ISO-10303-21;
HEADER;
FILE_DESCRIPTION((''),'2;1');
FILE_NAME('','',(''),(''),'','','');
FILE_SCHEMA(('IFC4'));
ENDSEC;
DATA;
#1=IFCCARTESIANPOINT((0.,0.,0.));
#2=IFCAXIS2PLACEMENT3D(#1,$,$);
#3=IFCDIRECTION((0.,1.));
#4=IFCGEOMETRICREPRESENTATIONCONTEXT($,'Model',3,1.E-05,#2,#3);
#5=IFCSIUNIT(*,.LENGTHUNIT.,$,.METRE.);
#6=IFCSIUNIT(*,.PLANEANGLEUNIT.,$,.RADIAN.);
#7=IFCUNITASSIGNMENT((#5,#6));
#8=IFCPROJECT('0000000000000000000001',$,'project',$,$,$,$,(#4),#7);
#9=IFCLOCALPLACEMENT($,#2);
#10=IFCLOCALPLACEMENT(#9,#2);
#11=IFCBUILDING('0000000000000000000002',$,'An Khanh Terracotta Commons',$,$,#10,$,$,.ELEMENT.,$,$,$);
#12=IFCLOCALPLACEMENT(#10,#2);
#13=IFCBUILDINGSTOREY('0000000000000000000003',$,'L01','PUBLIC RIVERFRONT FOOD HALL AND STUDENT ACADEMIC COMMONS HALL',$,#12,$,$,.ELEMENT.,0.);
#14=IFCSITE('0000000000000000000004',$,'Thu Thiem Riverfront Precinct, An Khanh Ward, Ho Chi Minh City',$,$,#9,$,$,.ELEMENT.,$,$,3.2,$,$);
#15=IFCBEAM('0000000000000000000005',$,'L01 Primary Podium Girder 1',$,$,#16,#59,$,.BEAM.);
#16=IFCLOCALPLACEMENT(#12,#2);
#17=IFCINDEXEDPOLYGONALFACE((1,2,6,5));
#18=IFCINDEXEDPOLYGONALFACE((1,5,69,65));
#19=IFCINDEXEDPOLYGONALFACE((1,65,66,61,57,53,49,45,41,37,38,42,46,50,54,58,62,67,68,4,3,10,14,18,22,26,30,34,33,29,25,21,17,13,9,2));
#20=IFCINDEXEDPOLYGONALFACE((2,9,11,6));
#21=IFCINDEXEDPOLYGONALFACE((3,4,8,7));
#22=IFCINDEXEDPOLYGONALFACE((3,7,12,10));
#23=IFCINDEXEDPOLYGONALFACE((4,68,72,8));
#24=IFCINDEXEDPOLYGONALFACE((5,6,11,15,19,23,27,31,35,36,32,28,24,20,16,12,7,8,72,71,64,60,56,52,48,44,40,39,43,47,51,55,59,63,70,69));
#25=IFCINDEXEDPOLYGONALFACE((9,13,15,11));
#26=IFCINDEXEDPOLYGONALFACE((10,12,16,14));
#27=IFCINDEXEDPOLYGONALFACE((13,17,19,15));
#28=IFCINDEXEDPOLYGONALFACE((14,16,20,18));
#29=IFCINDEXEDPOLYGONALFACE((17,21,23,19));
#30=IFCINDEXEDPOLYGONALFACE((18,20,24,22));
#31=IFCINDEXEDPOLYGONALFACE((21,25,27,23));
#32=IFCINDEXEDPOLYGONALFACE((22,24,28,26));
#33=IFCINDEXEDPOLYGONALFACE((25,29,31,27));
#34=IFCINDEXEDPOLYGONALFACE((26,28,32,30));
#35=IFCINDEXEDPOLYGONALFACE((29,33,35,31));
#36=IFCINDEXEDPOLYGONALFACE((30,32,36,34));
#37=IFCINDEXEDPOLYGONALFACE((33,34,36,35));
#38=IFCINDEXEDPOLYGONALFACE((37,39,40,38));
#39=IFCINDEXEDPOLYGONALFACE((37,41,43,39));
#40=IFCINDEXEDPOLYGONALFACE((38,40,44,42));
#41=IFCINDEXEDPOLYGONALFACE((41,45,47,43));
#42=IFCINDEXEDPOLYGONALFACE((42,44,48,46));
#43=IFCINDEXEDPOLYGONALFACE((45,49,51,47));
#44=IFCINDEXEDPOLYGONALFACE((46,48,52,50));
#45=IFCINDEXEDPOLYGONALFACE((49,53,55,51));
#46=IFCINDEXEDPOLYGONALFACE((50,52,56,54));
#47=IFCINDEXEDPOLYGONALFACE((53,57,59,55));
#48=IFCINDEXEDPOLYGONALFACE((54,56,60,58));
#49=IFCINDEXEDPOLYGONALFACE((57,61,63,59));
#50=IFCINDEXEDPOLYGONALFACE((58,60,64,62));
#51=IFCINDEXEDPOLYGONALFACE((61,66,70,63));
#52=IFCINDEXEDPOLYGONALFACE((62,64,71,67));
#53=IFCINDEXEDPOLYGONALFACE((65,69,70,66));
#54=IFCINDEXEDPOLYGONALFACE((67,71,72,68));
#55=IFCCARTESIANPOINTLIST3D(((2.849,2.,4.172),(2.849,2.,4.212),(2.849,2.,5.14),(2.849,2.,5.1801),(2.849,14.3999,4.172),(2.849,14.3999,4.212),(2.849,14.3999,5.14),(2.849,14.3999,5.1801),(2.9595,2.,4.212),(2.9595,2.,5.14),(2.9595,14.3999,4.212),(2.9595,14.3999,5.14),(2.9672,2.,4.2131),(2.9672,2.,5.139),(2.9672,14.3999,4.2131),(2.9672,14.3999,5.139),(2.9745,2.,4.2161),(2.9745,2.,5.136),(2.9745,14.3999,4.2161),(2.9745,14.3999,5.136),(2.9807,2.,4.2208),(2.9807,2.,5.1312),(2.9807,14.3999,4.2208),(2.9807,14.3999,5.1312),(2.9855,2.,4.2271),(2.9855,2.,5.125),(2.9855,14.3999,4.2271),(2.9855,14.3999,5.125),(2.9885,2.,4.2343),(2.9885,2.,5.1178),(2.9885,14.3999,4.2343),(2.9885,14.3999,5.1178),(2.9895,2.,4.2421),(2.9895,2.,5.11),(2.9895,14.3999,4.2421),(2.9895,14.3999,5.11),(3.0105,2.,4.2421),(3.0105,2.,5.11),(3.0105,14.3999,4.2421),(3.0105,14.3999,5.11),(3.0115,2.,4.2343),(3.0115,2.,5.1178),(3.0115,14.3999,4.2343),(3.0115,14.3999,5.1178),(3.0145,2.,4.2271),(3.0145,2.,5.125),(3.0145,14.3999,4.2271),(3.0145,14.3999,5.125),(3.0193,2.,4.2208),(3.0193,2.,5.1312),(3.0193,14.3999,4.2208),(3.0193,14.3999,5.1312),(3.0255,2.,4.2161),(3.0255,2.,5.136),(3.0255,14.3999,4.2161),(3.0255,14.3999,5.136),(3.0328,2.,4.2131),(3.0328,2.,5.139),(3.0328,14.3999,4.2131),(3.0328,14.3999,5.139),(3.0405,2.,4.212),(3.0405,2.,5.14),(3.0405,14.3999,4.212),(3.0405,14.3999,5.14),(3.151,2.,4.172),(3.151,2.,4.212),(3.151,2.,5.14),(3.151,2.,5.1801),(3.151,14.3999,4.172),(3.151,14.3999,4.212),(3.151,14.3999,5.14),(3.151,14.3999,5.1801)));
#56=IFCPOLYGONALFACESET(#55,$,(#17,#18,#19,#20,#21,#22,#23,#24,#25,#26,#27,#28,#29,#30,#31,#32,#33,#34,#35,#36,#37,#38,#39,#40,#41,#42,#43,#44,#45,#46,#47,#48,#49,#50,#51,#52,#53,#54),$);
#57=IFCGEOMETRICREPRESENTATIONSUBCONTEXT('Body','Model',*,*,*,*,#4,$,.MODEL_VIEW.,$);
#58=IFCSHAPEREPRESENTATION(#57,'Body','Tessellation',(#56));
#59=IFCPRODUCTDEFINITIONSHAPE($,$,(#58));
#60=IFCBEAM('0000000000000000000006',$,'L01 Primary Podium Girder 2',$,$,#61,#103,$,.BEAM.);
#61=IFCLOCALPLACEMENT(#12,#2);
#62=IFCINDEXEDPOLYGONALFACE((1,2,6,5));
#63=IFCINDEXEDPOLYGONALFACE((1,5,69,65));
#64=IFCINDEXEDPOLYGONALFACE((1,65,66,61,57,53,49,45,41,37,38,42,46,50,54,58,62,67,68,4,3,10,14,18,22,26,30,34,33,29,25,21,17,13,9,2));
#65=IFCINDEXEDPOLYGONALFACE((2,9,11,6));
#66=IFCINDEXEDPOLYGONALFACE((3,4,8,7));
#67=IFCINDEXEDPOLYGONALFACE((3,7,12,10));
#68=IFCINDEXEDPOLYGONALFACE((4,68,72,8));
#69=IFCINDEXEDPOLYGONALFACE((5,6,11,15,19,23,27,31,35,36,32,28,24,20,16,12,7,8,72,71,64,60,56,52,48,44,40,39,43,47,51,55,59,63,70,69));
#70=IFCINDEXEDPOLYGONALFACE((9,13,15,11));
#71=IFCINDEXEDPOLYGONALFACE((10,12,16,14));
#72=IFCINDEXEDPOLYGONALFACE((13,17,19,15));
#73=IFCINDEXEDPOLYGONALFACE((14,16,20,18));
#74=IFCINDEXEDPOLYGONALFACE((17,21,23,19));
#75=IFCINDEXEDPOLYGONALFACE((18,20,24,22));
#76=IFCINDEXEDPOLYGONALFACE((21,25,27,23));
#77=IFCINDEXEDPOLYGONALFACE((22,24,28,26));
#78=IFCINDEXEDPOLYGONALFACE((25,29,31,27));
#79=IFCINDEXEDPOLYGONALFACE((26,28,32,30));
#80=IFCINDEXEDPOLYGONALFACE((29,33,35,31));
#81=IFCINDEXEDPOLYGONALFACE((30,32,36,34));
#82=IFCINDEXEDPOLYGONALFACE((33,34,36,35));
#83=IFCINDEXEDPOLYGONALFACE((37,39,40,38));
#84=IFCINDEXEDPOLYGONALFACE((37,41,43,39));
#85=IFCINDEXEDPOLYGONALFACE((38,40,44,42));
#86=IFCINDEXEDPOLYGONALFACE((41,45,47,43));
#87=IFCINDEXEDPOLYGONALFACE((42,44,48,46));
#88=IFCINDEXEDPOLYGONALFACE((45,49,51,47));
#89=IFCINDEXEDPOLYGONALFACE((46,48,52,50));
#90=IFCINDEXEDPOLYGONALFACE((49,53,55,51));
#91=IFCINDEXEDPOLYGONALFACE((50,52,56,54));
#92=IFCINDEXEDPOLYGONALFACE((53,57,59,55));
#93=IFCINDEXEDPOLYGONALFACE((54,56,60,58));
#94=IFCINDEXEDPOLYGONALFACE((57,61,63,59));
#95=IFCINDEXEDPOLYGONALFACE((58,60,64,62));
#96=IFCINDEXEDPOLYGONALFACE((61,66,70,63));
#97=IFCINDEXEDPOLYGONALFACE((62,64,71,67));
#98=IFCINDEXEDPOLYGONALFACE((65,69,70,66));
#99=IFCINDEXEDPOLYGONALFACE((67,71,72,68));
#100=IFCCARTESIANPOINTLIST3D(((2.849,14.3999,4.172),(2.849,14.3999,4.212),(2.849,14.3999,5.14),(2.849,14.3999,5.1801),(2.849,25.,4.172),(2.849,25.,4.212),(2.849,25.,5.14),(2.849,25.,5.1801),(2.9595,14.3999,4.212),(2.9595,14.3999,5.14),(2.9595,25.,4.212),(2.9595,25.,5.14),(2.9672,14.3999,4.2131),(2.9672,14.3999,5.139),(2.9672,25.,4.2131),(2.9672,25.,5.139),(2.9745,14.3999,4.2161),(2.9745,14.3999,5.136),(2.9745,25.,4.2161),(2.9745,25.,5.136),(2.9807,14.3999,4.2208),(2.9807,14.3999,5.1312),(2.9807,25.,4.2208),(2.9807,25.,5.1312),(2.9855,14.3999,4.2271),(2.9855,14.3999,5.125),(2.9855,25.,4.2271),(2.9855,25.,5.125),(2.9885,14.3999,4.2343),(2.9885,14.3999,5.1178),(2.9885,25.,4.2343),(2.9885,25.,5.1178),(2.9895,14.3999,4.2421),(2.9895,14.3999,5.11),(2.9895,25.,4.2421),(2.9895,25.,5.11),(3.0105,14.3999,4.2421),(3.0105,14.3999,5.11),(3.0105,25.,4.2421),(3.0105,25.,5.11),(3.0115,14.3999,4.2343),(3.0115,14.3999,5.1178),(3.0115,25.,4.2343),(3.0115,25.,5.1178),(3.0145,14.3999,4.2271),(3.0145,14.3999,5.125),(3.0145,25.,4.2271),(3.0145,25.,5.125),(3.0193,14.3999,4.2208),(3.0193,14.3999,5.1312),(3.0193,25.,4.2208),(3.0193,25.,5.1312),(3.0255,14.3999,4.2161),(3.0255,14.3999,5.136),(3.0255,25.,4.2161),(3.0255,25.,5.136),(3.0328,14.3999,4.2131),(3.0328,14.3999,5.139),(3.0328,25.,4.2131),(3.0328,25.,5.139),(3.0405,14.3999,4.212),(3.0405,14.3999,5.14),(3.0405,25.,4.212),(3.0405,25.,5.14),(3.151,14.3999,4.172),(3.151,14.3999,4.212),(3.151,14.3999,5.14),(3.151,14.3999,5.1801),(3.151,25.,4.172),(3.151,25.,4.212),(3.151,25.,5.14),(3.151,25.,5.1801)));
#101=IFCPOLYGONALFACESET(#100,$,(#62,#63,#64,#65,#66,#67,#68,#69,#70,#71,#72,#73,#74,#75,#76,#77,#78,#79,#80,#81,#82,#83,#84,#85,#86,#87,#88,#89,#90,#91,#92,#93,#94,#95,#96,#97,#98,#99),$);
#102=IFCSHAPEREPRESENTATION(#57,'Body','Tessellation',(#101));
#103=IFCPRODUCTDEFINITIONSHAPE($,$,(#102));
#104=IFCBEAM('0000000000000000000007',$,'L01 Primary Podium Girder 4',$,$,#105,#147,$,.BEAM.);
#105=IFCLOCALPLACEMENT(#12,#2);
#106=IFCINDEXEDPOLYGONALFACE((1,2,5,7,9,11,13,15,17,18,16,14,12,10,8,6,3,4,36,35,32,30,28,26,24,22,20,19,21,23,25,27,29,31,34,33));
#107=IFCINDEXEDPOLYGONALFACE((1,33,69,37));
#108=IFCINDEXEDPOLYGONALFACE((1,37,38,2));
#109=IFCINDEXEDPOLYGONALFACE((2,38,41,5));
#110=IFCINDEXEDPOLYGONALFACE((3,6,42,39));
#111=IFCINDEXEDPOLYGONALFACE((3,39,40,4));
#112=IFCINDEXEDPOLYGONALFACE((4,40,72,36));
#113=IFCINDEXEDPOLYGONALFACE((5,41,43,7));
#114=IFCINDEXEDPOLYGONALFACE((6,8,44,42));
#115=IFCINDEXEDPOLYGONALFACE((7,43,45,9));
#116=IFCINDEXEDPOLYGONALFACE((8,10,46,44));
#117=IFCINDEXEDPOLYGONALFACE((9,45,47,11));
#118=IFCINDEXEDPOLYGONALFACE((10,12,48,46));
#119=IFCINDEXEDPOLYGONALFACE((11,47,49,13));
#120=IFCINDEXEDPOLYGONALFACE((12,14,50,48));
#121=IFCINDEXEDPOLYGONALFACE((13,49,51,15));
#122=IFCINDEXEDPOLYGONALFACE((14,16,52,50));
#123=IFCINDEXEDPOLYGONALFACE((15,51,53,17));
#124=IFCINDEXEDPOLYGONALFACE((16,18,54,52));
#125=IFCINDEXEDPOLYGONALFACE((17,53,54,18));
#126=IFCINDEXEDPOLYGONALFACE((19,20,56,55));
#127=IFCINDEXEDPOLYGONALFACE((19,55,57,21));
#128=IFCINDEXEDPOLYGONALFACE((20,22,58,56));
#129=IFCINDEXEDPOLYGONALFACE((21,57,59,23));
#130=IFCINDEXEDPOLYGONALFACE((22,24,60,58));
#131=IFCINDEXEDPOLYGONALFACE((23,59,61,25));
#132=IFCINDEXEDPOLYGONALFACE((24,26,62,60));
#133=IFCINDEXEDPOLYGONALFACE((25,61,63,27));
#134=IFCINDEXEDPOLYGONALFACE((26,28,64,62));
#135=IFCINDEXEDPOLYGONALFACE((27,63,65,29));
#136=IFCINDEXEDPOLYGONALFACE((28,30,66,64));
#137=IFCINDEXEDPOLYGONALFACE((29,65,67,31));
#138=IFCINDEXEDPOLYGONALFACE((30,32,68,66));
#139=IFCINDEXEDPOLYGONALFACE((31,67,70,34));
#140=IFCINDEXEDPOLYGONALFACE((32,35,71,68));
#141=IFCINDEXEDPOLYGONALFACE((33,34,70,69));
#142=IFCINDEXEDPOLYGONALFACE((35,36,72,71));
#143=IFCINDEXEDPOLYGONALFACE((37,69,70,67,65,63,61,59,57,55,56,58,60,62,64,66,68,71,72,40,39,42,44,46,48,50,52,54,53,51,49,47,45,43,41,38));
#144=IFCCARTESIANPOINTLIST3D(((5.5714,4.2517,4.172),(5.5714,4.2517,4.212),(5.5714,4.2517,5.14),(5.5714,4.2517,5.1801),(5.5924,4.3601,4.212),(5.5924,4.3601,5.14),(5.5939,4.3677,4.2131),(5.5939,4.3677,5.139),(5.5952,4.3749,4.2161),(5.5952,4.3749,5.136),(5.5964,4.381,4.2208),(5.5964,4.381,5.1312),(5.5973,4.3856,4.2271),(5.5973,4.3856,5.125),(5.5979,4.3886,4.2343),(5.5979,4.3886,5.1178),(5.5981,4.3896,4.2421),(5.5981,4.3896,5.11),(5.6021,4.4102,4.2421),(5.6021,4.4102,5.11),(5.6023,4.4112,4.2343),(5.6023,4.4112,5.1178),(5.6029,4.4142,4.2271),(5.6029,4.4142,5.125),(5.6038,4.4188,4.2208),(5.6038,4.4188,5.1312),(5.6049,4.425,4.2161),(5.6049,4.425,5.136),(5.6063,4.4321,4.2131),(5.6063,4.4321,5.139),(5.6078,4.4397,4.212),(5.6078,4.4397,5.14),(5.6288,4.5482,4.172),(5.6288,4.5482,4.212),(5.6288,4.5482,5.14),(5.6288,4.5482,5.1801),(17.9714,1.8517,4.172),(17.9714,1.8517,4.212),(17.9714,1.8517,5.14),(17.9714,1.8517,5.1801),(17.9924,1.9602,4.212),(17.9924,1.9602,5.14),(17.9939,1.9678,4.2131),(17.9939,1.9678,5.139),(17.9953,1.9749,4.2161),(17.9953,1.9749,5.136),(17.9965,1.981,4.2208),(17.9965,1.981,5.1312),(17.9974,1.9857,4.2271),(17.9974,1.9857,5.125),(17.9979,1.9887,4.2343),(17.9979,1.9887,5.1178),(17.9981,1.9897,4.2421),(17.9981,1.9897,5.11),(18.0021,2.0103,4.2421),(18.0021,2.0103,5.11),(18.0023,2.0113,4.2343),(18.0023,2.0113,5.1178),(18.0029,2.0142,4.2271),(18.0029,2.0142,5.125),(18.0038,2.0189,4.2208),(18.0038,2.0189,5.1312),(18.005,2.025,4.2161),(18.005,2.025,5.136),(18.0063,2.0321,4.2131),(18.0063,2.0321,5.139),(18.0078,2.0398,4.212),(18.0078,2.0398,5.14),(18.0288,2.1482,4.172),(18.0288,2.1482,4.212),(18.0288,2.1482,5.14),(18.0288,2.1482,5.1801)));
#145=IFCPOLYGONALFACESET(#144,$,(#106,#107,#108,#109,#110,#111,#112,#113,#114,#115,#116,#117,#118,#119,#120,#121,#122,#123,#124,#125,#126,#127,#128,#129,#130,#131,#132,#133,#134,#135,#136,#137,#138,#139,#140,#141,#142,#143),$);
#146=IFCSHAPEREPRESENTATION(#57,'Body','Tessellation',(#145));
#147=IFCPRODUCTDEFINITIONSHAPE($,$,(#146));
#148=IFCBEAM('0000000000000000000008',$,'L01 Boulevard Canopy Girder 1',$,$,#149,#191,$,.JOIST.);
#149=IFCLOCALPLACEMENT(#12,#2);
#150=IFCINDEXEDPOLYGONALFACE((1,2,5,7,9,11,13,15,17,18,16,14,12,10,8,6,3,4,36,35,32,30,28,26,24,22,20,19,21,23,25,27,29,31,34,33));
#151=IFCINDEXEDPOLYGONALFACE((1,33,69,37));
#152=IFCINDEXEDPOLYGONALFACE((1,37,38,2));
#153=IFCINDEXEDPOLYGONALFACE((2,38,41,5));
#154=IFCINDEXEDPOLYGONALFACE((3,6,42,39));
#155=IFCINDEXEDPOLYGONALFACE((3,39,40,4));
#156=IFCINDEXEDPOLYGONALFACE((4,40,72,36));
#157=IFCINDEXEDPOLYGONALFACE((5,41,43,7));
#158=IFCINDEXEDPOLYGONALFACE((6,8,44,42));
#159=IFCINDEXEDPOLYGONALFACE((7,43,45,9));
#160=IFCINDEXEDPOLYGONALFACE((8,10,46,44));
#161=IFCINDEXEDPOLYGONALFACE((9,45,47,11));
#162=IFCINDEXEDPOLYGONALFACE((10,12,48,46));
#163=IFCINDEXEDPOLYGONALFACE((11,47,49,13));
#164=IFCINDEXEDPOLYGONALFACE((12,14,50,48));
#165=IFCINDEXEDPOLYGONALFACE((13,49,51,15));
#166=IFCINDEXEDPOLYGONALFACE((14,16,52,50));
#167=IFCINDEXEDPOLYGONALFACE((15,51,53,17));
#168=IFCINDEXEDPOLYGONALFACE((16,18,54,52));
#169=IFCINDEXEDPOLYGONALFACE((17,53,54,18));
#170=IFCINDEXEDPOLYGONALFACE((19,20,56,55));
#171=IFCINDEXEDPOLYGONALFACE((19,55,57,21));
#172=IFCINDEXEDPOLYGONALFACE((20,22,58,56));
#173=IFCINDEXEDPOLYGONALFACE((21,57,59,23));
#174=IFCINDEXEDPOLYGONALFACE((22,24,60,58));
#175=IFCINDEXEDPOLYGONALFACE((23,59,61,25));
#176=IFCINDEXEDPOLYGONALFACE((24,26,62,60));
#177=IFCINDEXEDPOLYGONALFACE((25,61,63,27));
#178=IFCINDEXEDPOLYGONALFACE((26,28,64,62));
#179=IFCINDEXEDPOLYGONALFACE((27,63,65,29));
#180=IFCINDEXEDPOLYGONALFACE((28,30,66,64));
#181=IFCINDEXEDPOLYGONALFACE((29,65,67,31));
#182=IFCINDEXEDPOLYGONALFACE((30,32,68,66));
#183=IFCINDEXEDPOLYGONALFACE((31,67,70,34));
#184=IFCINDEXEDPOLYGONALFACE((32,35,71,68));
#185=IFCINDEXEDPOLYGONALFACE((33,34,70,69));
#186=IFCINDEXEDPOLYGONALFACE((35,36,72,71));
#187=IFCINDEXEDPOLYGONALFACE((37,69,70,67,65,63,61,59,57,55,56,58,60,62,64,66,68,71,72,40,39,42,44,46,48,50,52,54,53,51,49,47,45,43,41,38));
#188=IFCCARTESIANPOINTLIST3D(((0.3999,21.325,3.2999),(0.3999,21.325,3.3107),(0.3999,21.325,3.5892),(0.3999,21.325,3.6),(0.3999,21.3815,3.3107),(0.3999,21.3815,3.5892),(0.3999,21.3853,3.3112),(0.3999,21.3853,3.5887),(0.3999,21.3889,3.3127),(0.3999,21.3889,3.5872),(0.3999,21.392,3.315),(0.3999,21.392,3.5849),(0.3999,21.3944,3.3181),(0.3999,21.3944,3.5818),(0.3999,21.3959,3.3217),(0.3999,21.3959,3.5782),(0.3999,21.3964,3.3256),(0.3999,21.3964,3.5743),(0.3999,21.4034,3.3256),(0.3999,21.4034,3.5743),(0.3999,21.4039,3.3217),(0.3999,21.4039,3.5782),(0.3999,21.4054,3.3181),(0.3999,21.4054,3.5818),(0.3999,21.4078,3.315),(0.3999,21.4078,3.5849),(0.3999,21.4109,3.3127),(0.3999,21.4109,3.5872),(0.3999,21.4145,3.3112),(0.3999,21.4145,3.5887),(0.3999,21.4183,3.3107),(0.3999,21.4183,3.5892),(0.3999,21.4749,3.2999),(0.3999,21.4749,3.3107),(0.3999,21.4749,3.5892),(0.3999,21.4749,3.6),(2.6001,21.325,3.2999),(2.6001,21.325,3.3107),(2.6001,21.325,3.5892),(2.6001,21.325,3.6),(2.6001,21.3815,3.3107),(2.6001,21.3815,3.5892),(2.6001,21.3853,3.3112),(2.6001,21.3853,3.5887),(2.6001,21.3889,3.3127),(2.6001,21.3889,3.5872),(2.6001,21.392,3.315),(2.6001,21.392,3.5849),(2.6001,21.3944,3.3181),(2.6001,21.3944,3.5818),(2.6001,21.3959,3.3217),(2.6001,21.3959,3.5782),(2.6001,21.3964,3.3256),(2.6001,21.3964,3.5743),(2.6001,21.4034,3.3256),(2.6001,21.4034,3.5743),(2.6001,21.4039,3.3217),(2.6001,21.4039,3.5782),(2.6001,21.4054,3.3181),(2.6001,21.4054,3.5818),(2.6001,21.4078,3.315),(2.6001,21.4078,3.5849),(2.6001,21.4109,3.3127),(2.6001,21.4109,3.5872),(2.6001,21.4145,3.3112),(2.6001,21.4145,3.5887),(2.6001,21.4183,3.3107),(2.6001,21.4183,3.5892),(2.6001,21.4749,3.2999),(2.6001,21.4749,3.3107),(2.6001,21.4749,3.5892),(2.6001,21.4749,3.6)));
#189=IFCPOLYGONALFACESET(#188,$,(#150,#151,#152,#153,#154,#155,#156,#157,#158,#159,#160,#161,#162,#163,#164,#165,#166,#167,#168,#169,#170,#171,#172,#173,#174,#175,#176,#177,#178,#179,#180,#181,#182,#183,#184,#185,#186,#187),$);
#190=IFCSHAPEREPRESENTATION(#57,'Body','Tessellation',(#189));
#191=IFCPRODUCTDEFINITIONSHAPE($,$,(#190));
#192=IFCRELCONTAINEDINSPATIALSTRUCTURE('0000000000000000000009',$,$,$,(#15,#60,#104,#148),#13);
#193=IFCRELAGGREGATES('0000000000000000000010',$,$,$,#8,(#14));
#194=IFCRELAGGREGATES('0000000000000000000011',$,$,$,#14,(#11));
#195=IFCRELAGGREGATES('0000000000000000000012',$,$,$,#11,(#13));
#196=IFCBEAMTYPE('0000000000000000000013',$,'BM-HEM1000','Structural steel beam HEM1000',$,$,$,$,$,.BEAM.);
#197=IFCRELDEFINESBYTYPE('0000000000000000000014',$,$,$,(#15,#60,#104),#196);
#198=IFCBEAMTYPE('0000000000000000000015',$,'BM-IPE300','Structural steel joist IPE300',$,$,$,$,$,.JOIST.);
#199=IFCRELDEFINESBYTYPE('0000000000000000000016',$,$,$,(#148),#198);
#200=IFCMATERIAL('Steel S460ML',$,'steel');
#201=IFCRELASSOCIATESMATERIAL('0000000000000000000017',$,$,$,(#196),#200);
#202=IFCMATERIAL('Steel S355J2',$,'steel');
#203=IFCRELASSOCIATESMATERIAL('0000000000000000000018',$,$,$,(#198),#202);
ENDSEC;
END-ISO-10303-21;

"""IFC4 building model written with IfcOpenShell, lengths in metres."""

from ifc_helpers import new_model, si_unit, direction, frame, origin, origin_2d, place, context, subcontext, project, spatial, i_section, extrude, material, material_profile, profile_set, type_object, element, save


model = new_model("IFC4")

# Units and contexts
model_context = context("Model", 3, precision=1e-05, world=origin(), true_north=direction((0.0, 1.0)))
body_context = subcontext(model_context, "Body", "Model", "MODEL_VIEW")
ifc_project = project(units=[si_unit("LENGTHUNIT", "METRE"), si_unit("PLANEANGLEUNIT", "RADIAN")], contexts=[model_context])

# Site, building, storey
site_placement = place(None, origin())
site = spatial("IfcSite", under=ifc_project, at=site_placement, Name="Thu Thiem Riverfront Precinct, An Khanh Ward, Ho Chi Minh City", CompositionType="ELEMENT", RefElevation=3.2)
building_placement = place(site_placement, origin())
building = spatial("IfcBuilding", under=site, at=building_placement, Name="An Khanh Terracotta Commons", CompositionType="ELEMENT")
storey_placement = place(building_placement, origin())
storey = spatial("IfcBuildingStorey", under=building, at=storey_placement, Name="L01", Description="PUBLIC RIVERFRONT FOOD HALL AND STUDENT ACADEMIC COMMONS HALL", CompositionType="ELEMENT", Elevation=0.0)

# Beams
ifc_material_1 = material(Name="Steel S355J2", Category="steel")
ifc_material_2 = material(Name="Steel S460ML", Category="steel")
ifc_material_profile_1 = material_profile(ifc_material_2, i_section(OverallWidth=0.302, OverallDepth=1.0081, WebThickness=0.021, FlangeThickness=0.04, FilletRadius=0.03, at=origin_2d()), Name="HEM1000")
ifc_profile_set_1 = profile_set([ifc_material_profile_1], Name="Steel S460ML")
beam_type_1 = type_object("IfcBeamType", Name="BM-HEM1000", Description="Structural steel beam HEM1000", PredefinedType="BEAM", material=ifc_profile_set_1)
beam_1_placement = place(storey_placement, frame((3.0, 2.0, 4.676), z_axis=(0.0, 1.0, 0.0), x_axis=(-1.0, 0.0, 0.0)))
element("IfcBeam", 1, at=beam_1_placement, inside=storey, type_object=beam_type_1, Name="L01 Primary Podium Girder 1", PredefinedType="BEAM", context=body_context, shape_type="SweptSolid", body=[
    extrude(i_section(OverallWidth=0.302, OverallDepth=1.0081, WebThickness=0.021, FlangeThickness=0.04, FilletRadius=0.03, at=origin_2d()), origin(), (0.0, 0.0, 1.0), 12.3999),
])
beam_2_placement = place(storey_placement, frame((3.0, 14.3999, 4.676), z_axis=(0.0, 1.0, 0.0), x_axis=(-1.0, 0.0, 0.0)))
element("IfcBeam", 2, at=beam_2_placement, inside=storey, type_object=beam_type_1, Name="L01 Primary Podium Girder 2", PredefinedType="BEAM", context=body_context, shape_type="SweptSolid", body=[
    extrude(i_section(OverallWidth=0.302, OverallDepth=1.0081, WebThickness=0.021, FlangeThickness=0.04, FilletRadius=0.03, at=origin_2d()), origin(), (0.0, 0.0, 1.0), 10.6001),
])
beam_3_placement = place(storey_placement, frame((5.6001, 4.3999, 4.676), z_axis=(0.981781, -0.190016, 0.0), x_axis=(0.190016, 0.981781, 0.0)))
element("IfcBeam", 3, at=beam_3_placement, inside=storey, type_object=beam_type_1, Name="L01 Primary Podium Girder 4", PredefinedType="BEAM", context=body_context, shape_type="SweptSolid", body=[
    extrude(i_section(OverallWidth=0.302, OverallDepth=1.0081, WebThickness=0.021, FlangeThickness=0.04, FilletRadius=0.03, at=origin_2d()), origin(), (0.0, 0.0, 1.0), 12.6301),
])
ifc_material_profile_2 = material_profile(ifc_material_1, i_section(OverallWidth=0.1499, OverallDepth=0.3, WebThickness=0.0071, FlangeThickness=0.0107, FilletRadius=0.0149, at=origin_2d()), Name="IPE300")
ifc_profile_set_2 = profile_set([ifc_material_profile_2], Name="Steel S355J2")
beam_type_2 = type_object("IfcBeamType", Name="BM-IPE300", Description="Structural steel joist IPE300", PredefinedType="JOIST", material=ifc_profile_set_2)
beam_4_placement = place(storey_placement, frame((0.3999, 21.3999, 3.45), z_axis=(1.0, 0.0, 0.0), x_axis=(0.0, 1.0, 0.0)))
element("IfcBeam", 4, at=beam_4_placement, inside=storey, type_object=beam_type_2, Name="L01 Boulevard Canopy Girder 1", PredefinedType="JOIST", context=body_context, shape_type="SweptSolid", body=[
    extrude(i_section(OverallWidth=0.1499, OverallDepth=0.3, WebThickness=0.0071, FlangeThickness=0.0107, FilletRadius=0.0149, at=origin_2d()), origin(), (0.0, 0.0, 1.0), 2.2002),
])

save(model, "model.ifc")
